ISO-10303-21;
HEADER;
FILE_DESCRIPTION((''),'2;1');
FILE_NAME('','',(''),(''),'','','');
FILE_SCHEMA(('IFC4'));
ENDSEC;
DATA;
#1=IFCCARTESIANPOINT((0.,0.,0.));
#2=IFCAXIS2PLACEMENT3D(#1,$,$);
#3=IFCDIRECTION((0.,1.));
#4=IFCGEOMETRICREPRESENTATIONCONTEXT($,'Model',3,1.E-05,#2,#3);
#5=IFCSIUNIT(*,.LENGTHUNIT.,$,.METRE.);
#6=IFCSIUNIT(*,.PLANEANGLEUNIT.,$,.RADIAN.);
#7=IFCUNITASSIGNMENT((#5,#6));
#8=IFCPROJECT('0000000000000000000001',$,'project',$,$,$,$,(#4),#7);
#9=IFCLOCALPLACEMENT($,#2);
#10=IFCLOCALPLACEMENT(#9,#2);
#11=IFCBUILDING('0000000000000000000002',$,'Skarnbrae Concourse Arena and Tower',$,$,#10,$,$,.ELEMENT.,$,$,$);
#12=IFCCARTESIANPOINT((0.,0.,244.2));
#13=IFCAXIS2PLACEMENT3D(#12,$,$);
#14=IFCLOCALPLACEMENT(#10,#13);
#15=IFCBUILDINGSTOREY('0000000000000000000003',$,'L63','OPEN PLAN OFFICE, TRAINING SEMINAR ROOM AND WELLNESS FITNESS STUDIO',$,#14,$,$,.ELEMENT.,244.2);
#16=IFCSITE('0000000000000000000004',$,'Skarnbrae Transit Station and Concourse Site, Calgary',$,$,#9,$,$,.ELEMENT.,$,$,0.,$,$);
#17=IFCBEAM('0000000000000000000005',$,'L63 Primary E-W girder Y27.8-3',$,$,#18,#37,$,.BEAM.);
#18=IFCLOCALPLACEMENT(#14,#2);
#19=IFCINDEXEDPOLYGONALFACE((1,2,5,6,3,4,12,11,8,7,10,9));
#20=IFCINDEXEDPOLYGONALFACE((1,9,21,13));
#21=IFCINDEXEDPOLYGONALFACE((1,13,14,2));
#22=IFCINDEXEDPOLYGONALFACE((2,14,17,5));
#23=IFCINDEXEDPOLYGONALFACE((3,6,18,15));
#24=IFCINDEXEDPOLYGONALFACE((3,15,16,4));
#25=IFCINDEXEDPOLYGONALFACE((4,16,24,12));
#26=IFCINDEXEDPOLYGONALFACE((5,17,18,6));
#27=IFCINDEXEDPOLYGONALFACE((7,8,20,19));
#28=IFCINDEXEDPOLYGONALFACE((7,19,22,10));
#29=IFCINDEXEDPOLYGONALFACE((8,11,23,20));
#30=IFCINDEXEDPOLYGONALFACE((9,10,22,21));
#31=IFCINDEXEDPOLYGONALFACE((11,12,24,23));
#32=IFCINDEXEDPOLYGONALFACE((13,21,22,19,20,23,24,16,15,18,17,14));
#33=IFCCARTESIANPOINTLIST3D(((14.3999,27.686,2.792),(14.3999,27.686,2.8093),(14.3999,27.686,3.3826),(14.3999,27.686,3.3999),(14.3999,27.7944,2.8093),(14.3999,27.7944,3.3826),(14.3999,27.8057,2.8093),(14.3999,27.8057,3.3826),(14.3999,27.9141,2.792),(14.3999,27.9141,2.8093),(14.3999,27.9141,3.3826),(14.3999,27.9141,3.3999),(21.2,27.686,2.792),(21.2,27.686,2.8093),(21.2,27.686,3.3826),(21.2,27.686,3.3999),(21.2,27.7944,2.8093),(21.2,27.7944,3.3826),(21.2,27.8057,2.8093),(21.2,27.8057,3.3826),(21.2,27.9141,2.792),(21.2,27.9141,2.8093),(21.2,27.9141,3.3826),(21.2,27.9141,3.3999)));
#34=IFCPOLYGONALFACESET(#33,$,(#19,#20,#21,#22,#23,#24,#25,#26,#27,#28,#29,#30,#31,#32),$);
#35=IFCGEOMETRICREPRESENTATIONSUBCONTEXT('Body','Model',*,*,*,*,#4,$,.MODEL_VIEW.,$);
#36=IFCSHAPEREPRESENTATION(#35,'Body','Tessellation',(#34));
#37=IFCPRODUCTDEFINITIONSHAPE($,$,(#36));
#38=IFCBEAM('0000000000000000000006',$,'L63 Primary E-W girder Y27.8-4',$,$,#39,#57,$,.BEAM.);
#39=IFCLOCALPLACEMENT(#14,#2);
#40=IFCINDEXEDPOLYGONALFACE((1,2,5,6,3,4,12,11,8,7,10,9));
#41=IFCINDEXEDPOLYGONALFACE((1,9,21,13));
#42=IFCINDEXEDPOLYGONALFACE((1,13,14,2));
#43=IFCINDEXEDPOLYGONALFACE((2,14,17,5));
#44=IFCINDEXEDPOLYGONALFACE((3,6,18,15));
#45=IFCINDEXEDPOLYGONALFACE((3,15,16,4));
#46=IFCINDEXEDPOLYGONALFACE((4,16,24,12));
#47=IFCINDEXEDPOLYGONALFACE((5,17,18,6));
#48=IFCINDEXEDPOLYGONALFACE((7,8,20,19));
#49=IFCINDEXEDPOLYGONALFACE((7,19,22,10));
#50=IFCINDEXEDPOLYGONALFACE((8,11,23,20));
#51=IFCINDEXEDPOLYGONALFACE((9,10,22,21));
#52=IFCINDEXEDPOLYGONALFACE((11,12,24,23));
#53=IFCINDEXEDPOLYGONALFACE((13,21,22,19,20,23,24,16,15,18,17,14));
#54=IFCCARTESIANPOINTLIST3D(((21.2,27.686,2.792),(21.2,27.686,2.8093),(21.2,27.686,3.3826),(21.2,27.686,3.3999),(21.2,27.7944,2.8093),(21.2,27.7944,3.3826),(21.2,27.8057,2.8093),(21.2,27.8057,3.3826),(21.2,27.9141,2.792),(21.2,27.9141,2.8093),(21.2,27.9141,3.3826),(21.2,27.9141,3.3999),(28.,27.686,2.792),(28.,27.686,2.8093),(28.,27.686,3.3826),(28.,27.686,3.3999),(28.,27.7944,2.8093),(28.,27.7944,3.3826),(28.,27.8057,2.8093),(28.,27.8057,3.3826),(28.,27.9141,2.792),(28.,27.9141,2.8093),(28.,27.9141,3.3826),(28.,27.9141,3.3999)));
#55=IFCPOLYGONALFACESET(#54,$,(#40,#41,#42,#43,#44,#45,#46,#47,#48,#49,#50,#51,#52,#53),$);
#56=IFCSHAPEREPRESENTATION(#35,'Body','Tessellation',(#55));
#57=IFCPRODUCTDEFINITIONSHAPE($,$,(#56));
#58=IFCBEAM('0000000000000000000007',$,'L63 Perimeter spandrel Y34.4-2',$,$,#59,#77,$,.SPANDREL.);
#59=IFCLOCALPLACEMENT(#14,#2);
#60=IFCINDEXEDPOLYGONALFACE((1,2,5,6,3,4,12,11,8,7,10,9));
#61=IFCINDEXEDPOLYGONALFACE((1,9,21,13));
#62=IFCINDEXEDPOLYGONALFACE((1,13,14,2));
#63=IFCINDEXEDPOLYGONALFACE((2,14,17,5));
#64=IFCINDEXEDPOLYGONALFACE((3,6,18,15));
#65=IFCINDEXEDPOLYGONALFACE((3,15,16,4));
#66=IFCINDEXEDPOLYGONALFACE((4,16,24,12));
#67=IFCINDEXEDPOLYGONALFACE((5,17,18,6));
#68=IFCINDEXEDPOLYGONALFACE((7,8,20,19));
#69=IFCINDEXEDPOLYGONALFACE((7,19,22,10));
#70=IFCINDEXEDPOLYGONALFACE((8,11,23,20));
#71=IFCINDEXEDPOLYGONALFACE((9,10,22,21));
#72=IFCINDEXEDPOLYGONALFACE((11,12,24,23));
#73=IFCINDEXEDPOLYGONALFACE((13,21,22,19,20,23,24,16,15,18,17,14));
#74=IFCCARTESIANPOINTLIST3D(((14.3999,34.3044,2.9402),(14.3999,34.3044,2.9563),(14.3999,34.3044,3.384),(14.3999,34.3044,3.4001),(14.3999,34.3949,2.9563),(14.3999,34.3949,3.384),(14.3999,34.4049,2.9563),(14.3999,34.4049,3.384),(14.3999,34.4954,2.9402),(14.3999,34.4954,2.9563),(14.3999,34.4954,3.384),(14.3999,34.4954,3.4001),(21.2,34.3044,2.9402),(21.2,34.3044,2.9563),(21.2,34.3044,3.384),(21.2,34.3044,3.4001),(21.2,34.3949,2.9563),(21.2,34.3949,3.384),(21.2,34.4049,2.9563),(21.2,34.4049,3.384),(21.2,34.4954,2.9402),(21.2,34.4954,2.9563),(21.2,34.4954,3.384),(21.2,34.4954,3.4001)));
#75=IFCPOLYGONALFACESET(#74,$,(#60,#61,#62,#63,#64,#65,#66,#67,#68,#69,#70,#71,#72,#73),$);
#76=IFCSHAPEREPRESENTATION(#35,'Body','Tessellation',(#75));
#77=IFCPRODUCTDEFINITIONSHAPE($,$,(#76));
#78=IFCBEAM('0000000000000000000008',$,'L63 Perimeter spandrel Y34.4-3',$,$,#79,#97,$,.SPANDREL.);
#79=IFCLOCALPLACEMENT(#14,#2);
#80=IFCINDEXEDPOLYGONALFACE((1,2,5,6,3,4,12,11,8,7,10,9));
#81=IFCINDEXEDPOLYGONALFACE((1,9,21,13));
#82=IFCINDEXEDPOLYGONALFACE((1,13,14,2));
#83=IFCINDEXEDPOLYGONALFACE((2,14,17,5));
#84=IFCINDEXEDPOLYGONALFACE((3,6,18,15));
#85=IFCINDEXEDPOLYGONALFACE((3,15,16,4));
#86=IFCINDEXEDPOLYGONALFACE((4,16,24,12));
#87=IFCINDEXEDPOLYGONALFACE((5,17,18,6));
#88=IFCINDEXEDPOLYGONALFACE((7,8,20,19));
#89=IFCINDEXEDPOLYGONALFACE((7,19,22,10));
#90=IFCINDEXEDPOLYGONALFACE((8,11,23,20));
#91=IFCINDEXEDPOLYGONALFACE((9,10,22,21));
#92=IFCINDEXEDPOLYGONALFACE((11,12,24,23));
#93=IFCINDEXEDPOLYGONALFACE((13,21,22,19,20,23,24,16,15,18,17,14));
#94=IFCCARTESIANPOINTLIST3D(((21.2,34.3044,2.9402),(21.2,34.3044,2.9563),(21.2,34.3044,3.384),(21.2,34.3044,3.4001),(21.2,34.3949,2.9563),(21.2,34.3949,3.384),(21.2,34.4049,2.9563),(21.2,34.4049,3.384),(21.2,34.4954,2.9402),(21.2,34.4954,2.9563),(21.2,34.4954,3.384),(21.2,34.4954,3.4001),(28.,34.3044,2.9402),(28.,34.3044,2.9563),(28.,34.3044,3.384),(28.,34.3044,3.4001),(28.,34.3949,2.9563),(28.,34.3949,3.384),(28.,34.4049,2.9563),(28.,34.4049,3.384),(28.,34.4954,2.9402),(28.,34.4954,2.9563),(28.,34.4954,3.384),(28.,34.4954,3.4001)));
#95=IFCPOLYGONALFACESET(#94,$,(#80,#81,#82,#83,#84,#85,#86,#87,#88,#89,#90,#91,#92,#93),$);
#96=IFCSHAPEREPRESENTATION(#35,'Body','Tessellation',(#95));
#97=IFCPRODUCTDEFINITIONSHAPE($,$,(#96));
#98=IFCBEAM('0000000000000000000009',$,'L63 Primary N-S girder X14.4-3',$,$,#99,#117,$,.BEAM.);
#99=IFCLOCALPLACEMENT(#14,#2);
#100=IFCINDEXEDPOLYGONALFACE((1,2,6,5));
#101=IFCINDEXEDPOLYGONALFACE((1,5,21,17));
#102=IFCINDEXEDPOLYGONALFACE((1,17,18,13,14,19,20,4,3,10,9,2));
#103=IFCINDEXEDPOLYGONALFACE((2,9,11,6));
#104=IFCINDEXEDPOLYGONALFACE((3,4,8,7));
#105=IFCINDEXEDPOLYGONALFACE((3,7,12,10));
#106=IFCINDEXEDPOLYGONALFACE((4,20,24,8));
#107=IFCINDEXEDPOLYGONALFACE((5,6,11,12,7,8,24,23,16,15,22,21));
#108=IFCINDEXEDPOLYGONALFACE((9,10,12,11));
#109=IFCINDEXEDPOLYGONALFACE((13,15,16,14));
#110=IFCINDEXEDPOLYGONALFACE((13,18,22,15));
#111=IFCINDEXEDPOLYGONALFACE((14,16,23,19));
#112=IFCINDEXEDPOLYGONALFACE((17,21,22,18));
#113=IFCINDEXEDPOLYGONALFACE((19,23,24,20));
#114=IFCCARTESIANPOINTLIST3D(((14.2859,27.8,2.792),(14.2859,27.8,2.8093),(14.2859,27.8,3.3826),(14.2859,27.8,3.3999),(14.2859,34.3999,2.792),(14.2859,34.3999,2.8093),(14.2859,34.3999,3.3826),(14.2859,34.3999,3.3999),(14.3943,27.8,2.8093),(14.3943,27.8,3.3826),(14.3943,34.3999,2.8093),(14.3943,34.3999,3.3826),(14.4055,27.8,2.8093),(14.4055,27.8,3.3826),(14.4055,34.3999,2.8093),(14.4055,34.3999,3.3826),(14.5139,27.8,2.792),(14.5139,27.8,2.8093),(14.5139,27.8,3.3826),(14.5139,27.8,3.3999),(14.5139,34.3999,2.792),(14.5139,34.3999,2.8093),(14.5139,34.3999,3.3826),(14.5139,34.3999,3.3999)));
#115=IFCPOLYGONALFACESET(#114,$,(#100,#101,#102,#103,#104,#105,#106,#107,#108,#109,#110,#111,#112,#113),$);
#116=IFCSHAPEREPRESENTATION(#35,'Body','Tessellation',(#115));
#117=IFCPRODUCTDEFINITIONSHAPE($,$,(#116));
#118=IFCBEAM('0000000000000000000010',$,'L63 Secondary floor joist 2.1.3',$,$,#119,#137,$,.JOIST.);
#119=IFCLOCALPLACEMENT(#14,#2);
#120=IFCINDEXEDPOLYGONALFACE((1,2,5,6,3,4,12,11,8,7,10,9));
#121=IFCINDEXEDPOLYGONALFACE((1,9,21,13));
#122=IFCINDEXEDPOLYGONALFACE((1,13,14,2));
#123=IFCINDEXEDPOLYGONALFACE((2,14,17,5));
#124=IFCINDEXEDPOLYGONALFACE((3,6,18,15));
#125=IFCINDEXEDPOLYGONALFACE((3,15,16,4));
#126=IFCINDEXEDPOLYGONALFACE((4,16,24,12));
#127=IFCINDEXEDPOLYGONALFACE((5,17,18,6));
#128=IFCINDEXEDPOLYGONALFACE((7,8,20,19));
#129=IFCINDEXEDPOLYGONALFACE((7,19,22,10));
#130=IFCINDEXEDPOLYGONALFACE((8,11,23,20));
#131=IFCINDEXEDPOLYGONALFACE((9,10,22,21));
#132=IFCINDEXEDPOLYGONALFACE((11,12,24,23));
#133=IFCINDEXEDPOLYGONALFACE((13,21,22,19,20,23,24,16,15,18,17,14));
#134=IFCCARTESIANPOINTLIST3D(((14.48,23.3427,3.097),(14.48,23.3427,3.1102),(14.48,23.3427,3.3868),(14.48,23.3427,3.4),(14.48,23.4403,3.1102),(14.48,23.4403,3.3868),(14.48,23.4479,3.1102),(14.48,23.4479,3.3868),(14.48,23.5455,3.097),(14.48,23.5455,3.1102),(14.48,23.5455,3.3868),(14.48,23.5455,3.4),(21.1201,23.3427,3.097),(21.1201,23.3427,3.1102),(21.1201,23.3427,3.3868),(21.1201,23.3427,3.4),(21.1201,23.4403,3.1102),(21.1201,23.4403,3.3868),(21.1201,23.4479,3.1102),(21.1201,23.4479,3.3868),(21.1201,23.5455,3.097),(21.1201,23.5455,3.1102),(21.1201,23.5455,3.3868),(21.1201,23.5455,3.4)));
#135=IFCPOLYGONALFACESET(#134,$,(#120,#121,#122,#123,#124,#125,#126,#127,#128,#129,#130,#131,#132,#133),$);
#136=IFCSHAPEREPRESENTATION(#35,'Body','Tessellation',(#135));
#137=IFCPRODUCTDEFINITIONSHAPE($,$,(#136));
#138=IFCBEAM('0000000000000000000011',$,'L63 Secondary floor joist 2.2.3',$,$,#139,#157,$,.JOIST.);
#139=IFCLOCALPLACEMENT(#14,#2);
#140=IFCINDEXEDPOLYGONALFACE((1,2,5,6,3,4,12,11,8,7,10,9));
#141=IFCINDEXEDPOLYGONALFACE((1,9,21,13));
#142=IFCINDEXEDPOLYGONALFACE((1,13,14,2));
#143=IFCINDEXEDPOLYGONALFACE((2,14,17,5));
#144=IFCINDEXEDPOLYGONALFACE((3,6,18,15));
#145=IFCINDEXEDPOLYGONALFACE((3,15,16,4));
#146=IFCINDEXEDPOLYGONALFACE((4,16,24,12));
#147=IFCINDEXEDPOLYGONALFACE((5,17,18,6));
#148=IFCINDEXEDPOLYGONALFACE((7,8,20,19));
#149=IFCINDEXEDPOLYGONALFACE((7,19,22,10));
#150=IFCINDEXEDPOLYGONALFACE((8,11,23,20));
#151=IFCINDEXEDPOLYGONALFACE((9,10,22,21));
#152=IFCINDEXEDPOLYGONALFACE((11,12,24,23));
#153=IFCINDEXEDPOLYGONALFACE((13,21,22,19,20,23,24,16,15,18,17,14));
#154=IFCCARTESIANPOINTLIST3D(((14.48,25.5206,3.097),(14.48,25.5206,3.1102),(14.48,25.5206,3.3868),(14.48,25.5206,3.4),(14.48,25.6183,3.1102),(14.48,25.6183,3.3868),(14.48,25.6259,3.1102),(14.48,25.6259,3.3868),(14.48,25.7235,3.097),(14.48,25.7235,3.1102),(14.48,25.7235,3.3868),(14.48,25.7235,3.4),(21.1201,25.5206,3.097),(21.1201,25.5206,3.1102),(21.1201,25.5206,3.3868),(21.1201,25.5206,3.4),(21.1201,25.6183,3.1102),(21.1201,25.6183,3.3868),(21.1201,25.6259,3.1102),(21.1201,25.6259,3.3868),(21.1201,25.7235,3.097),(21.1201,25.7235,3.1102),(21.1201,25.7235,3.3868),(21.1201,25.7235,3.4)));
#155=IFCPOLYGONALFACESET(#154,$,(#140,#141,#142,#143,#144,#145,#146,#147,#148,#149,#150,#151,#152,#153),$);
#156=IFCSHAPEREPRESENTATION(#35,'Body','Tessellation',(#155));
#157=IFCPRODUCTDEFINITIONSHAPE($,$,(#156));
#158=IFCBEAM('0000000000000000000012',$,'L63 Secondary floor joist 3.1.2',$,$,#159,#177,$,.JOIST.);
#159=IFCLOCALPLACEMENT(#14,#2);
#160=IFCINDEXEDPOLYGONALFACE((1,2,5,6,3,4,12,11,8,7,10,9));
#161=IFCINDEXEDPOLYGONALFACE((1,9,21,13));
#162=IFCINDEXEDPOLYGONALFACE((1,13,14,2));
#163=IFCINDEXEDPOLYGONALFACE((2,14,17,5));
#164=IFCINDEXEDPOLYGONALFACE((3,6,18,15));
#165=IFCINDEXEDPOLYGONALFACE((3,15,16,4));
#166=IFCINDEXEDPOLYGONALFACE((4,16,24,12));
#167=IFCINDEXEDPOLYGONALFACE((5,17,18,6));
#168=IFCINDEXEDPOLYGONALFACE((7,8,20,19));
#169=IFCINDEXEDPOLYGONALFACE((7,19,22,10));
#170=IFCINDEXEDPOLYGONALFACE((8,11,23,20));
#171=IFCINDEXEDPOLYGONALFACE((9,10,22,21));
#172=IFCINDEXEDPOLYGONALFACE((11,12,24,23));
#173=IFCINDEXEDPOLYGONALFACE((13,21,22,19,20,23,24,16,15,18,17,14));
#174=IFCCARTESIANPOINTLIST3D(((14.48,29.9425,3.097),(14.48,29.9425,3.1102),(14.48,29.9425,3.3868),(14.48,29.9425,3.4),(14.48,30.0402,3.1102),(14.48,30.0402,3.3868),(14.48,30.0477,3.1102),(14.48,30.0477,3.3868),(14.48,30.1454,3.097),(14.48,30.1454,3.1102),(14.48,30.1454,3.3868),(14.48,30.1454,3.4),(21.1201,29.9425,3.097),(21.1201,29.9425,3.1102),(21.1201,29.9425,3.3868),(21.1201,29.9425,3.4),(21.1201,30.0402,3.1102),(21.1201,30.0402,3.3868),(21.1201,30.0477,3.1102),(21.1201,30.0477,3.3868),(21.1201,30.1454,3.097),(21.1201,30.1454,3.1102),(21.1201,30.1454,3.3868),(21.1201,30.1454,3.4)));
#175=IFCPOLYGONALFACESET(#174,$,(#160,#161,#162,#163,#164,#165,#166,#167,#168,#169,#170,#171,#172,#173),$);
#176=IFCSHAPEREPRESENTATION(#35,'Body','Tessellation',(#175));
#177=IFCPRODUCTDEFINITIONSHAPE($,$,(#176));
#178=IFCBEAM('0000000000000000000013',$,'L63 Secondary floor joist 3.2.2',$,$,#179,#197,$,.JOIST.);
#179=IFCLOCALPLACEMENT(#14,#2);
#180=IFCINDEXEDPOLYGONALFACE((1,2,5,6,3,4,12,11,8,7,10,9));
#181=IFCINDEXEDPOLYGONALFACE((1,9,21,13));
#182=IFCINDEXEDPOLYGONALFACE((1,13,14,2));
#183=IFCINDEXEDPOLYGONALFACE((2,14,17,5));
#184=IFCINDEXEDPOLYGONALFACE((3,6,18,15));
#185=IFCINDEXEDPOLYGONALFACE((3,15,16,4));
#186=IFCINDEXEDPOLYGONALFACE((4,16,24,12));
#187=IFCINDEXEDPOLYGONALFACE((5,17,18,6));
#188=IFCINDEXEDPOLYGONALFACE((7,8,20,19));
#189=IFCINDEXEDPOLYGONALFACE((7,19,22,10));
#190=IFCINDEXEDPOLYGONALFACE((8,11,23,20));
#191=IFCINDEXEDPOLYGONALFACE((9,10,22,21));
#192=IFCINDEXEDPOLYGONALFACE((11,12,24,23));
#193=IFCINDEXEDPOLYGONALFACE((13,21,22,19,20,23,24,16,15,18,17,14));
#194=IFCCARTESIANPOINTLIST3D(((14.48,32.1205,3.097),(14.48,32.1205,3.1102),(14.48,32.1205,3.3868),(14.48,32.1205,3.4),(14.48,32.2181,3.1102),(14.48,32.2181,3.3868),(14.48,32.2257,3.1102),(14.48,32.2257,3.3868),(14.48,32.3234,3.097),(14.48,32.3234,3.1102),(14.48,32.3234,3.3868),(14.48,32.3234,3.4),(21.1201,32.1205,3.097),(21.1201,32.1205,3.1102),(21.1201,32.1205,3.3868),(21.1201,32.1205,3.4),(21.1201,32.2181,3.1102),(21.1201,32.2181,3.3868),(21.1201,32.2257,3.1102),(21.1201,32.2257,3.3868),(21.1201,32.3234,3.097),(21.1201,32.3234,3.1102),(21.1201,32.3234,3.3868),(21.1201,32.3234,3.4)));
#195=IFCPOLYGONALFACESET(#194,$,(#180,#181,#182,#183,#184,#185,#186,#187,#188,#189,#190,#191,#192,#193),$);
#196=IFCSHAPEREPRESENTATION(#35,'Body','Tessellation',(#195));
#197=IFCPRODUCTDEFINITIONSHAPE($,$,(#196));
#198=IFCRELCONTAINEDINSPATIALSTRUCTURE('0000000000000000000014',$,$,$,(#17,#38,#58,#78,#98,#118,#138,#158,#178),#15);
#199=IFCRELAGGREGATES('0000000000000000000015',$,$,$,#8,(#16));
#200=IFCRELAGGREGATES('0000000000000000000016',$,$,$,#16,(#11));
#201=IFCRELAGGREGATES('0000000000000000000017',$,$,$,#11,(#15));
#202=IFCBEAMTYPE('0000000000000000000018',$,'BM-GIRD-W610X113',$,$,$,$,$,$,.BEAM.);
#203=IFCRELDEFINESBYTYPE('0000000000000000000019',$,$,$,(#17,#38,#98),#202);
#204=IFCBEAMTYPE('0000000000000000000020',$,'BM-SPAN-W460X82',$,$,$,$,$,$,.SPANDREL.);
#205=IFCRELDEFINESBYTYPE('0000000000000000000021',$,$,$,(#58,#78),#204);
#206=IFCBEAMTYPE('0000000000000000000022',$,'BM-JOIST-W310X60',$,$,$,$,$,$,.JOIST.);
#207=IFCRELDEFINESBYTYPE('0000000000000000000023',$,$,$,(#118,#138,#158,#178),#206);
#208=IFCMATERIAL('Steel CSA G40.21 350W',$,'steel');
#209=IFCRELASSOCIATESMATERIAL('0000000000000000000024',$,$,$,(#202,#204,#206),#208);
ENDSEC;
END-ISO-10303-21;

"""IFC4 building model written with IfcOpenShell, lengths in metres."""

from ifc_helpers import new_model, si_unit, direction, frame, origin, origin_2d, place, context, subcontext, project, spatial, i_section, extrude, source, transform, mapped, material, material_profile, profile_set, type_object, element, save


model = new_model("IFC4")

# Units and contexts
model_context = context("Model", 3, precision=1e-05, world=origin(), true_north=direction((0.0, 1.0)))
body_context = subcontext(model_context, "Body", "Model", "MODEL_VIEW")
ifc_project = project(units=[si_unit("LENGTHUNIT", "METRE"), si_unit("PLANEANGLEUNIT", "RADIAN")], contexts=[model_context])

# Site, building, storey
site_placement = place(None, origin())
site = spatial("IfcSite", under=ifc_project, at=site_placement, Name="Skarnbrae Transit Station and Concourse Site, Calgary", CompositionType="ELEMENT", RefElevation=0.0)
building_placement = place(site_placement, origin())
building = spatial("IfcBuilding", under=site, at=building_placement, Name="Skarnbrae Concourse Arena and Tower", CompositionType="ELEMENT")
storey_placement = place(building_placement, frame((0.0, 0.0, 244.2)))
storey = spatial("IfcBuildingStorey", under=building, at=storey_placement, Name="L63", Description="OPEN PLAN OFFICE, TRAINING SEMINAR ROOM AND WELLNESS FITNESS STUDIO", CompositionType="ELEMENT", Elevation=244.2)

# Shared definitions
ifc_material_1 = material(Name="Steel CSA G40.21 350W", Category="steel")

# Beams
ifc_material_profile_1 = material_profile(ifc_material_1, i_section(OverallWidth=0.228, OverallDepth=0.6079, WebThickness=0.0112, FlangeThickness=0.0173, at=origin_2d()), Name="W610X113")
ifc_profile_set_1 = profile_set([ifc_material_profile_1], Name="Steel CSA G40.21 350W")
beam_type_1 = type_object("IfcBeamType", Name="BM-GIRD-W610X113", PredefinedType="BEAM", material=ifc_profile_set_1)
shared_shape_1 = source(origin(), body_context, "Body", "SweptSolid", [
    extrude(i_section(OverallWidth=0.228, OverallDepth=0.6079, WebThickness=0.0112, FlangeThickness=0.0173, at=origin_2d()), origin(), (0.0, 0.0, 1.0), 6.8),
])
for number, where, z_axis, x_axis, name in (
    (1, (14.3999, 27.8, 3.0959), (1.0, 0.0, 0.0), (0.0, 1.0, 0.0), "L63 Primary E-W girder Y27.8-3"),
    (2, (21.2, 27.8, 3.0959), (1.0, 0.0, 0.0), (0.0, 1.0, 0.0), "L63 Primary E-W girder Y27.8-4"),
):
    element("IfcBeam", number, at=place(storey_placement, frame(where, z_axis=z_axis, x_axis=x_axis)), inside=storey, type_object=beam_type_1, Name=name, PredefinedType="BEAM", context=body_context, shape_type="MappedRepresentation", body=[
        mapped(shared_shape_1, transform((0.0, 0.0, 0.0))),
    ])
ifc_material_profile_2 = material_profile(ifc_material_1, i_section(OverallWidth=0.1909, OverallDepth=0.46, WebThickness=0.01, FlangeThickness=0.0161, at=origin_2d()), Name="W460X82")
ifc_profile_set_2 = profile_set([ifc_material_profile_2], Name="Steel CSA G40.21 350W")
beam_type_2 = type_object("IfcBeamType", Name="BM-SPAN-W460X82", PredefinedType="SPANDREL", material=ifc_profile_set_2)
shared_shape_2 = source(origin(), body_context, "Body", "SweptSolid", [
    extrude(i_section(OverallWidth=0.1909, OverallDepth=0.46, WebThickness=0.01, FlangeThickness=0.0161, at=origin_2d()), origin(), (0.0, 0.0, 1.0), 6.8),
])
for number, where, z_axis, x_axis, name in (
    (3, (14.3999, 34.3999, 3.1702), (1.0, 0.0, 0.0), (0.0, 1.0, 0.0), "L63 Perimeter spandrel Y34.4-2"),
    (4, (21.2, 34.3999, 3.1702), (1.0, 0.0, 0.0), (0.0, 1.0, 0.0), "L63 Perimeter spandrel Y34.4-3"),
):
    element("IfcBeam", number, at=place(storey_placement, frame(where, z_axis=z_axis, x_axis=x_axis)), inside=storey, type_object=beam_type_2, Name=name, PredefinedType="SPANDREL", context=body_context, shape_type="MappedRepresentation", body=[
        mapped(shared_shape_2, transform((0.0, 0.0, 0.0))),
    ])
shared_shape_3 = source(origin(), body_context, "Body", "SweptSolid", [
    extrude(i_section(OverallWidth=0.228, OverallDepth=0.6079, WebThickness=0.0112, FlangeThickness=0.0173, at=origin_2d()), origin(), (0.0, 0.0, 1.0), 6.5999),
])
beam_1_placement = place(storey_placement, frame((14.3999, 27.8, 3.0959), z_axis=(0.0, 1.0, 0.0), x_axis=(-1.0, 0.0, 0.0)))
element("IfcBeam", 5, at=beam_1_placement, inside=storey, type_object=beam_type_1, Name="L63 Primary N-S girder X14.4-3", PredefinedType="BEAM", context=body_context, shape_type="MappedRepresentation", body=[
    mapped(shared_shape_3, transform((0.0, 0.0, 0.0))),
])
ifc_material_profile_3 = material_profile(ifc_material_1, i_section(OverallWidth=0.2029, OverallDepth=0.303, WebThickness=0.0076, FlangeThickness=0.0132, at=origin_2d()), Name="W310X60")
ifc_profile_set_3 = profile_set([ifc_material_profile_3], Name="Steel CSA G40.21 350W")
beam_type_3 = type_object("IfcBeamType", Name="BM-JOIST-W310X60", PredefinedType="JOIST", material=ifc_profile_set_3)
shared_shape_4 = source(origin(), body_context, "Body", "SweptSolid", [
    extrude(i_section(OverallWidth=0.2029, OverallDepth=0.303, WebThickness=0.0076, FlangeThickness=0.0132, at=origin_2d()), origin(), (0.0, 0.0, 1.0), 6.6401),
])
for number, where, z_axis, x_axis, name in (
    (6, (14.48, 23.4441, 3.2485), (1.0, 0.0, 0.0), (0.0, 1.0, 0.0), "L63 Secondary floor joist 2.1.3"),
    (7, (14.48, 25.6221, 3.2485), (1.0, 0.0, 0.0), (0.0, 1.0, 0.0), "L63 Secondary floor joist 2.2.3"),
    (8, (14.48, 30.0439, 3.2485), (1.0, 0.0, 0.0), (0.0, 1.0, 0.0), "L63 Secondary floor joist 3.1.2"),
    (9, (14.48, 32.2219, 3.2485), (1.0, 0.0, 0.0), (0.0, 1.0, 0.0), "L63 Secondary floor joist 3.2.2"),
):
    element("IfcBeam", number, at=place(storey_placement, frame(where, z_axis=z_axis, x_axis=x_axis)), inside=storey, type_object=beam_type_3, Name=name, PredefinedType="JOIST", context=body_context, shape_type="MappedRepresentation", body=[
        mapped(shared_shape_4, transform((0.0, 0.0, 0.0))),
    ])

save(model, "model.ifc")
